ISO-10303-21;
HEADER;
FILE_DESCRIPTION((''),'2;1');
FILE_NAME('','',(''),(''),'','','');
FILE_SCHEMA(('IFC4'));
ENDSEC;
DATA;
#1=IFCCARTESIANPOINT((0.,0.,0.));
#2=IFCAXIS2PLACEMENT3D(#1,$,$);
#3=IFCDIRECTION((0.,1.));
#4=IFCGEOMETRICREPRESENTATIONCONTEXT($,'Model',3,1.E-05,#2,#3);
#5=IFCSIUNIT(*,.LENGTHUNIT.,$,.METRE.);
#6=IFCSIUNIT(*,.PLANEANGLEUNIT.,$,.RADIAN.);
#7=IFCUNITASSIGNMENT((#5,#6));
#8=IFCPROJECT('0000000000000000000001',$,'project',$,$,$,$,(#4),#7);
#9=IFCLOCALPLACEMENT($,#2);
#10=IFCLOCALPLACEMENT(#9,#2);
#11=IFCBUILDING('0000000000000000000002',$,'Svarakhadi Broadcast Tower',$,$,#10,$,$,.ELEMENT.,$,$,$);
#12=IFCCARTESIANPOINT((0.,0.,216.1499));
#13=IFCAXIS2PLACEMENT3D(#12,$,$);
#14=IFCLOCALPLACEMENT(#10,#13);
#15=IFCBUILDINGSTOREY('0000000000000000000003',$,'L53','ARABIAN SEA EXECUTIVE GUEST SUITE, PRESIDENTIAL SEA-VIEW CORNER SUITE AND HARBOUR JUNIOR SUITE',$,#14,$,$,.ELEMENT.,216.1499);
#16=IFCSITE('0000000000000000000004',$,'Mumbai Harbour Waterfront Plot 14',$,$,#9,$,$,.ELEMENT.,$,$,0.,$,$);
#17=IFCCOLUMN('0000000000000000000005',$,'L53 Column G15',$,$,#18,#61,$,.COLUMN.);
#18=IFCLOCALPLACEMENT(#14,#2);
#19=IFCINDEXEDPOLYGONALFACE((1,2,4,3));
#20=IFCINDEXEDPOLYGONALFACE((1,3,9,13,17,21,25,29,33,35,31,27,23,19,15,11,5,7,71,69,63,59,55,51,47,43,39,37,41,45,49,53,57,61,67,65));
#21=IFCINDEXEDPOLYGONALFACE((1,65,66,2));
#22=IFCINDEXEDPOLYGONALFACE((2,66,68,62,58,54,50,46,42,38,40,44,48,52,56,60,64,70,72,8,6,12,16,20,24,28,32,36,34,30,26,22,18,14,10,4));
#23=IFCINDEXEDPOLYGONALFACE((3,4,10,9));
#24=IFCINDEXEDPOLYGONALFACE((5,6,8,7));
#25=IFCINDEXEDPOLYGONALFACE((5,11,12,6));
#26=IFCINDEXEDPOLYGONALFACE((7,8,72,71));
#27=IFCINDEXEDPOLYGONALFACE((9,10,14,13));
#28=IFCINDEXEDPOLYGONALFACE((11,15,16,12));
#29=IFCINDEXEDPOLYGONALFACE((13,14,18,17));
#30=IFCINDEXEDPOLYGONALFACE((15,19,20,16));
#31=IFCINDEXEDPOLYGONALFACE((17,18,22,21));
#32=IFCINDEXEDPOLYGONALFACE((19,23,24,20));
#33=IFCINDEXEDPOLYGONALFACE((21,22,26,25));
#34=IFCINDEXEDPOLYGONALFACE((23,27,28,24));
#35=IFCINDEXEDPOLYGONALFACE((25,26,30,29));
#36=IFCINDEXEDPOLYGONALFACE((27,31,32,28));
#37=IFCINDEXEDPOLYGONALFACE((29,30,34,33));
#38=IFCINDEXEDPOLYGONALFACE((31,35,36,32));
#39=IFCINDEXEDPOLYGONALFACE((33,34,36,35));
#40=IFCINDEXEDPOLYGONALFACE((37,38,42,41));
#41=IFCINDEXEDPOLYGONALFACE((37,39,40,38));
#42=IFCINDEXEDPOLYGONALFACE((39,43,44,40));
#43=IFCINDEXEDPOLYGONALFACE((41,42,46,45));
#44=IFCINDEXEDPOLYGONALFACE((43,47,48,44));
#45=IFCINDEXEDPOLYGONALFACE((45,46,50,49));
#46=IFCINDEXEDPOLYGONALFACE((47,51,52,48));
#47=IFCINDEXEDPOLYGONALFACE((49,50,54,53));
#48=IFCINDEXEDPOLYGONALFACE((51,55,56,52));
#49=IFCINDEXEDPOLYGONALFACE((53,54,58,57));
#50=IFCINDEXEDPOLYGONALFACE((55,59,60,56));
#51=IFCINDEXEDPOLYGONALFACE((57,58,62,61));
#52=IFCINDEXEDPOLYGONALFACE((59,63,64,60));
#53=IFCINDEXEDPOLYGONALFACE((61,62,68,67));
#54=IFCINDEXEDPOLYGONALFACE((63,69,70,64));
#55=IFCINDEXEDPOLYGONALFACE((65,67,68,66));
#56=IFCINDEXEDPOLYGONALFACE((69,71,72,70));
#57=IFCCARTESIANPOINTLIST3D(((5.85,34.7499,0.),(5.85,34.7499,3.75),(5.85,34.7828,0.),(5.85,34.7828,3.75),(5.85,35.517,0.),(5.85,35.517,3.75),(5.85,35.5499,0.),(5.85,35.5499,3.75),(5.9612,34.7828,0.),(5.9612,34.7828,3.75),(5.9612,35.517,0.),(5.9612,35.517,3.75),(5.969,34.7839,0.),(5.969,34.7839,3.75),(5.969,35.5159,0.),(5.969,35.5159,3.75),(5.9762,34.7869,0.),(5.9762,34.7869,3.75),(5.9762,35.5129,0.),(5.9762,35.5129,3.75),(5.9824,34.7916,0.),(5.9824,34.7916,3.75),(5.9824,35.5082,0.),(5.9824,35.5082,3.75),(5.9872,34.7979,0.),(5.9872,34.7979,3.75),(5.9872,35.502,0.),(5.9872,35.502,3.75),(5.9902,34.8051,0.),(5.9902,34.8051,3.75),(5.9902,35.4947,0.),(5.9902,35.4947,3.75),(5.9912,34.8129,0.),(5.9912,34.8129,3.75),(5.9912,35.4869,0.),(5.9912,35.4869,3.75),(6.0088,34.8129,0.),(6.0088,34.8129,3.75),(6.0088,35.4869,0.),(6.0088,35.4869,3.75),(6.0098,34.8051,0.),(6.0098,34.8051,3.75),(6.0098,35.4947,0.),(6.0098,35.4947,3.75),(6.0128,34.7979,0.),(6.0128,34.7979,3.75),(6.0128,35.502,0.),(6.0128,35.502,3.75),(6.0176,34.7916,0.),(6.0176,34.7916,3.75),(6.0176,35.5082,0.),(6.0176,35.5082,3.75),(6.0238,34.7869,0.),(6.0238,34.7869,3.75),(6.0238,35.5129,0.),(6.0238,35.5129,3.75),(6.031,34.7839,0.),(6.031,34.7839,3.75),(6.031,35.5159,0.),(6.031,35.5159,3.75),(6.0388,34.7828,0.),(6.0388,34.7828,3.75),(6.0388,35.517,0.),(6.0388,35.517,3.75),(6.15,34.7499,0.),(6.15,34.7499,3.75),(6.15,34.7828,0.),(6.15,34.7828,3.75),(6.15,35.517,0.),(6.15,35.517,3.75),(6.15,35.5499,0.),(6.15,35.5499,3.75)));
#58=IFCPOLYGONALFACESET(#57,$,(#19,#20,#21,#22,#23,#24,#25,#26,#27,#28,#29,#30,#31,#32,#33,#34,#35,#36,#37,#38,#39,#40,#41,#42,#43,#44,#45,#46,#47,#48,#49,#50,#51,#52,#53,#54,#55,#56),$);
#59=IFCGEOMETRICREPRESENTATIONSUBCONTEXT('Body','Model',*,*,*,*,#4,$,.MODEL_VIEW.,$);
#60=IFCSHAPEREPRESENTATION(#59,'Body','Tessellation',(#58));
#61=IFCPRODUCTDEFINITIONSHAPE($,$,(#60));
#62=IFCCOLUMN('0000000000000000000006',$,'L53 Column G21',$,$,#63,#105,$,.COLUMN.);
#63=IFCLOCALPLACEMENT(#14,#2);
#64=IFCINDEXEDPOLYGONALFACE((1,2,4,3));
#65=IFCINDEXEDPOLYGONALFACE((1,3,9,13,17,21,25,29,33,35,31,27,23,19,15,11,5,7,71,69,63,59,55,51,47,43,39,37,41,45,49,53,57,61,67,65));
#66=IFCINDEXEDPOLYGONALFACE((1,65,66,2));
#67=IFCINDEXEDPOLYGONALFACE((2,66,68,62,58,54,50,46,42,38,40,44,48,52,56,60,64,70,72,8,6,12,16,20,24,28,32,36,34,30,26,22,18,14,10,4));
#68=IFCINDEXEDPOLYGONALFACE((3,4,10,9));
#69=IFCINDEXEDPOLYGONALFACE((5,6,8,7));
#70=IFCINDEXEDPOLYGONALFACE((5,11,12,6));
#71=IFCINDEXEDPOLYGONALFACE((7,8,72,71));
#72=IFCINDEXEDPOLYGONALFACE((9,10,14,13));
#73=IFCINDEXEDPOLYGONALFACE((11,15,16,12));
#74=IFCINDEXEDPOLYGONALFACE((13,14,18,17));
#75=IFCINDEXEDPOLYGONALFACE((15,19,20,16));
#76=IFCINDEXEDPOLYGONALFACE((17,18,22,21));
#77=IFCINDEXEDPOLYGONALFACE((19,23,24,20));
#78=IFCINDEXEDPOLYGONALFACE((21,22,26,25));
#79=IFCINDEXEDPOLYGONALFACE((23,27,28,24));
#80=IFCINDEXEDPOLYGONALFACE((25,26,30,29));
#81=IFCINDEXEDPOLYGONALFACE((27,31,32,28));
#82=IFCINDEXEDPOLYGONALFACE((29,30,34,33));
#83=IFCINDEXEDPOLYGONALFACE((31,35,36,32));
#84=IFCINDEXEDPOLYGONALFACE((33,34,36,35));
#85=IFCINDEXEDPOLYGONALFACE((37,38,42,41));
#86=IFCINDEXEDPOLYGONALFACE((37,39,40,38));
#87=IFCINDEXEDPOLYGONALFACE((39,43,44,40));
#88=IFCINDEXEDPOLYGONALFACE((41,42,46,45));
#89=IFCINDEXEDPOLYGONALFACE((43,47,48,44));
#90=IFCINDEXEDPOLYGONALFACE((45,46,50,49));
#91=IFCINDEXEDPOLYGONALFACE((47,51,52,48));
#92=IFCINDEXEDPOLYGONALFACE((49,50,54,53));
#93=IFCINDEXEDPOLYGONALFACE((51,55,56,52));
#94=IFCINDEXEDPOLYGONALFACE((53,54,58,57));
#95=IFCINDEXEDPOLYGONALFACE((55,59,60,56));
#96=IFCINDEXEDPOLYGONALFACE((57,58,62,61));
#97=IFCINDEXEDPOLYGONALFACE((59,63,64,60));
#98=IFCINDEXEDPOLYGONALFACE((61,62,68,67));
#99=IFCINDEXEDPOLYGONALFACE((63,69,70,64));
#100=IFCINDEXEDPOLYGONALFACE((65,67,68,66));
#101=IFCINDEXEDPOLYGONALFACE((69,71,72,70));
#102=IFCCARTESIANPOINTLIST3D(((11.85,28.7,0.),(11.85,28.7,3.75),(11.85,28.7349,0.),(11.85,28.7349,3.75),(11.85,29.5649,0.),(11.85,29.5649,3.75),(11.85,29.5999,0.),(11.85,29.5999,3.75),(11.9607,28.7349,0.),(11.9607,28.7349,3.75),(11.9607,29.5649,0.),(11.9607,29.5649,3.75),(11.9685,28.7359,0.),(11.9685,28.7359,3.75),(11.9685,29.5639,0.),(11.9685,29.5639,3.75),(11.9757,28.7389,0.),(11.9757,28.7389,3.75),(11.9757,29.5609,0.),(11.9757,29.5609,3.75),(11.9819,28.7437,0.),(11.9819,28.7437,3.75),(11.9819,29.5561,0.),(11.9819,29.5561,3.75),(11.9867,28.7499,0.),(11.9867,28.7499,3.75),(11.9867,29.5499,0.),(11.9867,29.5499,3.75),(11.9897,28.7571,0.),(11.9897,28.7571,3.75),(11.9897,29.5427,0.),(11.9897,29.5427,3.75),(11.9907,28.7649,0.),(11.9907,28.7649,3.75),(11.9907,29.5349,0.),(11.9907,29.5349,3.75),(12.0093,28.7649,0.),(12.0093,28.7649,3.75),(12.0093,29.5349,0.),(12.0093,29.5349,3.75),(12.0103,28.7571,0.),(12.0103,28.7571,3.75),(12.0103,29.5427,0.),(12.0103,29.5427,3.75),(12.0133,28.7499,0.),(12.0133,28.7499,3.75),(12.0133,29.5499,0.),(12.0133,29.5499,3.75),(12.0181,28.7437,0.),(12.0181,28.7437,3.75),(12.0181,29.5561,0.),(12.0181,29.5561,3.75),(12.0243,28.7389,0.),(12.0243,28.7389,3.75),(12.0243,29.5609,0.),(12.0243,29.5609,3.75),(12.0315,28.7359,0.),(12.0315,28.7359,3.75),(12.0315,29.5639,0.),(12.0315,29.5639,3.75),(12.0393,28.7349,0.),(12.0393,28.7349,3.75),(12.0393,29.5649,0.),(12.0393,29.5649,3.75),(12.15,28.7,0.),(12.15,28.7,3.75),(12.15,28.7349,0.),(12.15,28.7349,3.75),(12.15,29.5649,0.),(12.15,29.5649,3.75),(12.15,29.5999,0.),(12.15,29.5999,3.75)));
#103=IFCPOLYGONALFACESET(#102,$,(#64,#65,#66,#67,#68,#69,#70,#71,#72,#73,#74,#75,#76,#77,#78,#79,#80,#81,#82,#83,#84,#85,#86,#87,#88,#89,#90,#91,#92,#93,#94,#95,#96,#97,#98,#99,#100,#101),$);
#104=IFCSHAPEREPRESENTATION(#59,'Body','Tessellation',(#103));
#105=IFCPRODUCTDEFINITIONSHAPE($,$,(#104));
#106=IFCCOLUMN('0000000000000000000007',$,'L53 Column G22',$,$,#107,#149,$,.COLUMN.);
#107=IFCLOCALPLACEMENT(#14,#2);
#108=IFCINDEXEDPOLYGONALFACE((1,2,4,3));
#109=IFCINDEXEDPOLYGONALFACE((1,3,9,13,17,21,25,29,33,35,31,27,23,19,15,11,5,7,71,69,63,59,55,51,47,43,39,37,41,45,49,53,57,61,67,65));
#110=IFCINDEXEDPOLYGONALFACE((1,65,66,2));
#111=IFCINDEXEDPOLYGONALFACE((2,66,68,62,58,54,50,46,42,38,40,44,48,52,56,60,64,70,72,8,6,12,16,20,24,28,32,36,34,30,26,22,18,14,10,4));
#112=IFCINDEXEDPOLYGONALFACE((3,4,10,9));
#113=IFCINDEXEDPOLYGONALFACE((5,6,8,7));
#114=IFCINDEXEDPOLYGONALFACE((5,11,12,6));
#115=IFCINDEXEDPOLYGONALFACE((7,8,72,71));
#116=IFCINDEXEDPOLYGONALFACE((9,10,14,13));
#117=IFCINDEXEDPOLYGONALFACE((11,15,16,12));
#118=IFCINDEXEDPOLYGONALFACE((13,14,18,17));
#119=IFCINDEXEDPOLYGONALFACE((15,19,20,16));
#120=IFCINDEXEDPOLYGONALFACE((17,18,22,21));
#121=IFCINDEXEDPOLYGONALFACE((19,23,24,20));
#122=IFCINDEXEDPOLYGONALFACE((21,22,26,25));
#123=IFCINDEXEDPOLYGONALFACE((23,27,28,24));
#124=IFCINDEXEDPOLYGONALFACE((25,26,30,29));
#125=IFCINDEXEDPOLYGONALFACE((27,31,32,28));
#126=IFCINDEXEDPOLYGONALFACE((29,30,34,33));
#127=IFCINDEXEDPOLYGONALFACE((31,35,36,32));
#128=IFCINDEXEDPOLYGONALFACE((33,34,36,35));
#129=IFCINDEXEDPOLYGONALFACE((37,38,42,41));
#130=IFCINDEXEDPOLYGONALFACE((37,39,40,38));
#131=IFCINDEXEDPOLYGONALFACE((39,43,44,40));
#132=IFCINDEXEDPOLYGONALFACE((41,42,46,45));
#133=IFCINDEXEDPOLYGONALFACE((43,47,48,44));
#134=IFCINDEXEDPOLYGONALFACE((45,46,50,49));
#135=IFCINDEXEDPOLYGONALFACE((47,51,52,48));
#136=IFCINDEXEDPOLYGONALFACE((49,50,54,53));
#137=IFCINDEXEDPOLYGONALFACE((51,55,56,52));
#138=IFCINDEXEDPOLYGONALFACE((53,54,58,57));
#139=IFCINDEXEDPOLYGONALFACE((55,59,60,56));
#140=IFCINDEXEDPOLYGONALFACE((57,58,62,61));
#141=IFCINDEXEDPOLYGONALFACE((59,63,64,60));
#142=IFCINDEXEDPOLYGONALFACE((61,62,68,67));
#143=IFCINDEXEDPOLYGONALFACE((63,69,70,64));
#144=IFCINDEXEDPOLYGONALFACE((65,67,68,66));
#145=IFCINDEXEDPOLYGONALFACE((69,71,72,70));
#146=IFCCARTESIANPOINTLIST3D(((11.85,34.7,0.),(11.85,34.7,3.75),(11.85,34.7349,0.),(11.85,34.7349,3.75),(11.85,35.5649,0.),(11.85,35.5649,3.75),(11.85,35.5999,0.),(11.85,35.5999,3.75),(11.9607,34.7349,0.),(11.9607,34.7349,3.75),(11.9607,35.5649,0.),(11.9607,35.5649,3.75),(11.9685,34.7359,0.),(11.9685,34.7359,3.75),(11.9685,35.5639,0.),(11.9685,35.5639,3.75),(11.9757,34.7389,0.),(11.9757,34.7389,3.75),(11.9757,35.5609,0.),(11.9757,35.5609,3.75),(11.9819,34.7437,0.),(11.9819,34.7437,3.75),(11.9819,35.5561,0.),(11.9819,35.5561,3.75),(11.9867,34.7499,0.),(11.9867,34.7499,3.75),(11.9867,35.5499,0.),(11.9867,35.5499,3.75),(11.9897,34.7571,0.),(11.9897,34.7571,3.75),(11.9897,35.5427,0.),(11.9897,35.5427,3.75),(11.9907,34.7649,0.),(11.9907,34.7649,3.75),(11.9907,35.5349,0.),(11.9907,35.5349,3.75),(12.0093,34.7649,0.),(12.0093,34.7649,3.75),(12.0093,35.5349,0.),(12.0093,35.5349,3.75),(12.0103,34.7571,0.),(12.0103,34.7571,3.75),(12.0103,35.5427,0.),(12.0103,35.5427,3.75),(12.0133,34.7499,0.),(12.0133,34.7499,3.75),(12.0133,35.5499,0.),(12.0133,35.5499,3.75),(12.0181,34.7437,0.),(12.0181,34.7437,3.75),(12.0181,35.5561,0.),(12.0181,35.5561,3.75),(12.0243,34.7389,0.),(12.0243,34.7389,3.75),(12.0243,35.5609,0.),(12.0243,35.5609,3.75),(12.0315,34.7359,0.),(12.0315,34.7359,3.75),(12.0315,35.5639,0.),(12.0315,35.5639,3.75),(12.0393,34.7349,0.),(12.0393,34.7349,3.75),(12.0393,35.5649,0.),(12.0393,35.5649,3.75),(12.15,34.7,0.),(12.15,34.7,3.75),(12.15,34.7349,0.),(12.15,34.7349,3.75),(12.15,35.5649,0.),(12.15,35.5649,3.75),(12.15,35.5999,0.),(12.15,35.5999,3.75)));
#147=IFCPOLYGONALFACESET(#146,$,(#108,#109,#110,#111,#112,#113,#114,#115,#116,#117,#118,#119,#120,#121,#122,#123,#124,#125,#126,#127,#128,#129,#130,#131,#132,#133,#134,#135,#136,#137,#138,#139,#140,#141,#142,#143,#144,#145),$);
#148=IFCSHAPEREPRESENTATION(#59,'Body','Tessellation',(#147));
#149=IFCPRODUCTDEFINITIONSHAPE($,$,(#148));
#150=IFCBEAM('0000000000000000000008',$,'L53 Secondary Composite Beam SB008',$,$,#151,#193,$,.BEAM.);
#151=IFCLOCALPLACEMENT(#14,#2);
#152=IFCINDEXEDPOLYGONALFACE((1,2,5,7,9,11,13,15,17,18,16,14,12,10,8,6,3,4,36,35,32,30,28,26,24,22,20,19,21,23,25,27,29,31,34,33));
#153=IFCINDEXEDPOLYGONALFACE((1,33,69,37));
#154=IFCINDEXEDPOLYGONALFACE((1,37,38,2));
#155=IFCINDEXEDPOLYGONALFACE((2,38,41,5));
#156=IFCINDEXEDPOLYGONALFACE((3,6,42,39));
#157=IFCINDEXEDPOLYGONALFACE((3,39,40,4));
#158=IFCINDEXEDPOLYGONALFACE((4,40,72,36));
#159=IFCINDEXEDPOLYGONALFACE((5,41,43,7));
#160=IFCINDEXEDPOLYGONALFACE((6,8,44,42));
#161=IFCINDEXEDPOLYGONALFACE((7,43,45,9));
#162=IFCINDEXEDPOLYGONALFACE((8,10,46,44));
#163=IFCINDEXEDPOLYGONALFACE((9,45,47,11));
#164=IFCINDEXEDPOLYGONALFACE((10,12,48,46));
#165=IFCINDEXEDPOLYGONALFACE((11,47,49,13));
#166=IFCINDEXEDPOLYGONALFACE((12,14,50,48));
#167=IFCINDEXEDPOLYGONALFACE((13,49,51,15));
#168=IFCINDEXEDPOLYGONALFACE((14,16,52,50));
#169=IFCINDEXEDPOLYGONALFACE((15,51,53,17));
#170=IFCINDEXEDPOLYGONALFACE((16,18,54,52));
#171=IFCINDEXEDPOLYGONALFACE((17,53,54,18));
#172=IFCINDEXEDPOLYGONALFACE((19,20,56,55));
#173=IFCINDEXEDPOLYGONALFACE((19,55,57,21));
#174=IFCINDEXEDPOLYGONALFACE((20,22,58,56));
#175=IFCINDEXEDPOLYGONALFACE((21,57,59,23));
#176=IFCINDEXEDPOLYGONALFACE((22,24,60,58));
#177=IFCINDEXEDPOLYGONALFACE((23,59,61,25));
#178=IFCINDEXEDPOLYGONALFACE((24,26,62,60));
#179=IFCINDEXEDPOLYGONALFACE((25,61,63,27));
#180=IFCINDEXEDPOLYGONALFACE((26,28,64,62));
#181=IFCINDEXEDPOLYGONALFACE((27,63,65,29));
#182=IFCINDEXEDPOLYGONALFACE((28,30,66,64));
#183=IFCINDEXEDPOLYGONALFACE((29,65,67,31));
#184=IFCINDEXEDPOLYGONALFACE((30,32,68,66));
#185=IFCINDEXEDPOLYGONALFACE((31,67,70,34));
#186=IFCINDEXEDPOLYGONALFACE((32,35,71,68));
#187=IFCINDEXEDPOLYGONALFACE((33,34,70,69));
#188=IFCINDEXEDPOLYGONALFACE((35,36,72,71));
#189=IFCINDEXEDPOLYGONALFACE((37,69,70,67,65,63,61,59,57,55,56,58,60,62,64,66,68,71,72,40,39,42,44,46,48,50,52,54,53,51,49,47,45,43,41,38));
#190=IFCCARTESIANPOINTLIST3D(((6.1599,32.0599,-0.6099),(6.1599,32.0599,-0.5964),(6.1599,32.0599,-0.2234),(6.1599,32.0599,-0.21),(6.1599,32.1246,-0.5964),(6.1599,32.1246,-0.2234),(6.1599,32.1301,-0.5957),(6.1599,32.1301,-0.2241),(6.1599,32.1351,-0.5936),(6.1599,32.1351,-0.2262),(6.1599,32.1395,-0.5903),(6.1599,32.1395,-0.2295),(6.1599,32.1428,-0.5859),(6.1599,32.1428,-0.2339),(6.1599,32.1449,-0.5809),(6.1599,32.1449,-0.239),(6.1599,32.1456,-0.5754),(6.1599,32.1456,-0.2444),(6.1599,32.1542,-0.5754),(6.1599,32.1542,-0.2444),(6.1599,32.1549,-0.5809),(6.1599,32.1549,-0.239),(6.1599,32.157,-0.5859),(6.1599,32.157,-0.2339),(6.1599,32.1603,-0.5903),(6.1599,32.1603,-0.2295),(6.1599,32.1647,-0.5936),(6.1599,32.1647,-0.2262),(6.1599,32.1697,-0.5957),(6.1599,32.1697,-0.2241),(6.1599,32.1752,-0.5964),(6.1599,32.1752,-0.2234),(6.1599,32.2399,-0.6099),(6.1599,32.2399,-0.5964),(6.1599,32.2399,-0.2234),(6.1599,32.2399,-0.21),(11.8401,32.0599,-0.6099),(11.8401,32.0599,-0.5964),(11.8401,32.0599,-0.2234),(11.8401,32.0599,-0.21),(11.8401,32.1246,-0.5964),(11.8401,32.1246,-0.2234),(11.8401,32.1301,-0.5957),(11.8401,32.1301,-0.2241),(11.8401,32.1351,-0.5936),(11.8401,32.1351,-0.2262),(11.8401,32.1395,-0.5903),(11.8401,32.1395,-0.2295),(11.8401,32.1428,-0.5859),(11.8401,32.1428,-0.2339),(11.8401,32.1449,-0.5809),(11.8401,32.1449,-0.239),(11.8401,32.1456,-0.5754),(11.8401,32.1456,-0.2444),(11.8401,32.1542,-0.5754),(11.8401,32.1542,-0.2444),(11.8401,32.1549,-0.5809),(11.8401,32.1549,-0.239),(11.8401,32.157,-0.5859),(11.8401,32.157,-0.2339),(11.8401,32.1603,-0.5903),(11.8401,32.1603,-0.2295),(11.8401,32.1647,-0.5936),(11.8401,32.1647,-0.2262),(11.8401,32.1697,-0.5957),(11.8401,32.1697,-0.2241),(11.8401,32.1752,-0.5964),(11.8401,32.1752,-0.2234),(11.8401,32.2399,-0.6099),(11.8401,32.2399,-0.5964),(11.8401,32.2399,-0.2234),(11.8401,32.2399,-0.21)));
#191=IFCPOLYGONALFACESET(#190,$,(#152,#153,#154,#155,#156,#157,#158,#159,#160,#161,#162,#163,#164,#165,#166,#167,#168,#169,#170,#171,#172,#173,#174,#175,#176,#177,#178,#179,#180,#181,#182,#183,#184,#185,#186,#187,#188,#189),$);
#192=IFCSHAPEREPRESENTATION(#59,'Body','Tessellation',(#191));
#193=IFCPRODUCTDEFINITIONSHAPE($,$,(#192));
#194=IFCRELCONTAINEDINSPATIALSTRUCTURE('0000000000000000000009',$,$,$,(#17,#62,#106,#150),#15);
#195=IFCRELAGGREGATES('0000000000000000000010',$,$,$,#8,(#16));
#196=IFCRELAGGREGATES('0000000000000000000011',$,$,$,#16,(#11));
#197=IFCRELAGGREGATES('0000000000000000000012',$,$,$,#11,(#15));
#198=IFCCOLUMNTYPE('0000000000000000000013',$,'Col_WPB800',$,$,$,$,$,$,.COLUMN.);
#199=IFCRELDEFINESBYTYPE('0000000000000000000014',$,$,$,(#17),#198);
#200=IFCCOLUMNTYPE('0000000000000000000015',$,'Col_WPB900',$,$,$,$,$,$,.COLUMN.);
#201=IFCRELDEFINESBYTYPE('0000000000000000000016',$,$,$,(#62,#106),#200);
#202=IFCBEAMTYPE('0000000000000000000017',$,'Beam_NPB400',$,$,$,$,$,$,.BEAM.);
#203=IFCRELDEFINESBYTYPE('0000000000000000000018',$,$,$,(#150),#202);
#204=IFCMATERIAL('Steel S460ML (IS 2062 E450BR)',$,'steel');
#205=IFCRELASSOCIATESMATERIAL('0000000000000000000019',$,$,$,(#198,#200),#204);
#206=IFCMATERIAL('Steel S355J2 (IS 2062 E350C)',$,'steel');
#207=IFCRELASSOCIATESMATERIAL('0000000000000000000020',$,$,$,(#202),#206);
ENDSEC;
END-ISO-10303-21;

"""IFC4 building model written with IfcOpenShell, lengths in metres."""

from ifc_helpers import new_model, si_unit, direction, frame, origin, origin_2d, place, context, subcontext, project, spatial, i_section, extrude, material, material_profile, profile_set, type_object, element, save


model = new_model("IFC4")

# Units and contexts
model_context = context("Model", 3, precision=1e-05, world=origin(), true_north=direction((0.0, 1.0)))
body_context = subcontext(model_context, "Body", "Model", "MODEL_VIEW")
ifc_project = project(units=[si_unit("LENGTHUNIT", "METRE"), si_unit("PLANEANGLEUNIT", "RADIAN")], contexts=[model_context])

# Site, building, storey
site_placement = place(None, origin())
site = spatial("IfcSite", under=ifc_project, at=site_placement, Name="Mumbai Harbour Waterfront Plot 14", CompositionType="ELEMENT", RefElevation=0.0)
building_placement = place(site_placement, origin())
building = spatial("IfcBuilding", under=site, at=building_placement, Name="Svarakhadi Broadcast Tower", CompositionType="ELEMENT")
storey_placement = place(building_placement, frame((0.0, 0.0, 216.1499)))
storey = spatial("IfcBuildingStorey", under=building, at=storey_placement, Name="L53", Description="ARABIAN SEA EXECUTIVE GUEST SUITE, PRESIDENTIAL SEA-VIEW CORNER SUITE AND HARBOUR JUNIOR SUITE", CompositionType="ELEMENT", Elevation=216.1499)

# Columns
ifc_material_1 = material(Name="Steel S460ML (IS 2062 E450BR)", Category="steel")
ifc_material_profile_1 = material_profile(ifc_material_1, i_section(OverallWidth=0.3, OverallDepth=0.8, WebThickness=0.0176, FlangeThickness=0.033, FilletRadius=0.03, at=origin_2d()), Name="WPB 800x300x262")
ifc_profile_set_1 = profile_set([ifc_material_profile_1], Name="Steel S460ML (IS 2062 E450BR)")
column_type_1 = type_object("IfcColumnType", Name="Col_WPB800", PredefinedType="COLUMN", material=ifc_profile_set_1)
column_placement = place(storey_placement, frame((6.0, 35.1499, 0.0), z_axis=(0.0, 0.0, 1.0), x_axis=(1.0, 0.0, 0.0)))
element("IfcColumn", 1, at=column_placement, inside=storey, type_object=column_type_1, Name="L53 Column G15", PredefinedType="COLUMN", context=body_context, shape_type="SweptSolid", body=[
    extrude(i_section(OverallWidth=0.3, OverallDepth=0.8, WebThickness=0.0176, FlangeThickness=0.033, FilletRadius=0.03, at=origin_2d()), origin(), (0.0, 0.0, 1.0), 3.75),
])
ifc_material_profile_2 = material_profile(ifc_material_1, i_section(OverallWidth=0.3, OverallDepth=0.8999, WebThickness=0.0186, FlangeThickness=0.0349, FilletRadius=0.03, at=origin_2d()), Name="WPB 900x300x291")
ifc_profile_set_2 = profile_set([ifc_material_profile_2], Name="Steel S460ML (IS 2062 E450BR)")
column_type_2 = type_object("IfcColumnType", Name="Col_WPB900", PredefinedType="COLUMN", material=ifc_profile_set_2)
for number, where, z_axis, x_axis, name in (
    (2, (12.0, 29.1499, 0.0), (0.0, 0.0, 1.0), (1.0, 0.0, 0.0), "L53 Column G21"),
    (3, (12.0, 35.1499, 0.0), (0.0, 0.0, 1.0), (1.0, 0.0, 0.0), "L53 Column G22"),
):
    element("IfcColumn", number, at=place(storey_placement, frame(where, z_axis=z_axis, x_axis=x_axis)), inside=storey, type_object=column_type_2, Name=name, PredefinedType="COLUMN", context=body_context, shape_type="SweptSolid", body=[
        extrude(i_section(OverallWidth=0.3, OverallDepth=0.8999, WebThickness=0.0186, FlangeThickness=0.0349, FilletRadius=0.03, at=origin_2d()), origin(), (0.0, 0.0, 1.0), 3.75),
    ])

# Beam
ifc_material_2 = material(Name="Steel S355J2 (IS 2062 E350C)", Category="steel")
ifc_material_profile_3 = material_profile(ifc_material_2, i_section(OverallWidth=0.1799, OverallDepth=0.3999, WebThickness=0.0085, FlangeThickness=0.0134, FilletRadius=0.021, at=origin_2d()), Name="NPB 400x180x66")
ifc_profile_set_3 = profile_set([ifc_material_profile_3], Name="Steel S355J2 (IS 2062 E350C)")
beam_type_1 = type_object("IfcBeamType", Name="Beam_NPB400", PredefinedType="BEAM", material=ifc_profile_set_3)
for number, where, z_axis, x_axis, name in (
    (4, (6.1599, 32.1499, -0.4099), (1.0, 0.0, 0.0), (0.0, 1.0, 0.0), "L53 Secondary Composite Beam SB008"),
):
    element("IfcBeam", number, at=place(storey_placement, frame(where, z_axis=z_axis, x_axis=x_axis)), inside=storey, type_object=beam_type_1, Name=name, PredefinedType="BEAM", context=body_context, shape_type="SweptSolid", body=[
        extrude(i_section(OverallWidth=0.1799, OverallDepth=0.3999, WebThickness=0.0085, FlangeThickness=0.0134, FilletRadius=0.021, at=origin_2d()), origin(), (0.0, 0.0, 1.0), 5.6802),
    ])

save(model, "model.ifc")
